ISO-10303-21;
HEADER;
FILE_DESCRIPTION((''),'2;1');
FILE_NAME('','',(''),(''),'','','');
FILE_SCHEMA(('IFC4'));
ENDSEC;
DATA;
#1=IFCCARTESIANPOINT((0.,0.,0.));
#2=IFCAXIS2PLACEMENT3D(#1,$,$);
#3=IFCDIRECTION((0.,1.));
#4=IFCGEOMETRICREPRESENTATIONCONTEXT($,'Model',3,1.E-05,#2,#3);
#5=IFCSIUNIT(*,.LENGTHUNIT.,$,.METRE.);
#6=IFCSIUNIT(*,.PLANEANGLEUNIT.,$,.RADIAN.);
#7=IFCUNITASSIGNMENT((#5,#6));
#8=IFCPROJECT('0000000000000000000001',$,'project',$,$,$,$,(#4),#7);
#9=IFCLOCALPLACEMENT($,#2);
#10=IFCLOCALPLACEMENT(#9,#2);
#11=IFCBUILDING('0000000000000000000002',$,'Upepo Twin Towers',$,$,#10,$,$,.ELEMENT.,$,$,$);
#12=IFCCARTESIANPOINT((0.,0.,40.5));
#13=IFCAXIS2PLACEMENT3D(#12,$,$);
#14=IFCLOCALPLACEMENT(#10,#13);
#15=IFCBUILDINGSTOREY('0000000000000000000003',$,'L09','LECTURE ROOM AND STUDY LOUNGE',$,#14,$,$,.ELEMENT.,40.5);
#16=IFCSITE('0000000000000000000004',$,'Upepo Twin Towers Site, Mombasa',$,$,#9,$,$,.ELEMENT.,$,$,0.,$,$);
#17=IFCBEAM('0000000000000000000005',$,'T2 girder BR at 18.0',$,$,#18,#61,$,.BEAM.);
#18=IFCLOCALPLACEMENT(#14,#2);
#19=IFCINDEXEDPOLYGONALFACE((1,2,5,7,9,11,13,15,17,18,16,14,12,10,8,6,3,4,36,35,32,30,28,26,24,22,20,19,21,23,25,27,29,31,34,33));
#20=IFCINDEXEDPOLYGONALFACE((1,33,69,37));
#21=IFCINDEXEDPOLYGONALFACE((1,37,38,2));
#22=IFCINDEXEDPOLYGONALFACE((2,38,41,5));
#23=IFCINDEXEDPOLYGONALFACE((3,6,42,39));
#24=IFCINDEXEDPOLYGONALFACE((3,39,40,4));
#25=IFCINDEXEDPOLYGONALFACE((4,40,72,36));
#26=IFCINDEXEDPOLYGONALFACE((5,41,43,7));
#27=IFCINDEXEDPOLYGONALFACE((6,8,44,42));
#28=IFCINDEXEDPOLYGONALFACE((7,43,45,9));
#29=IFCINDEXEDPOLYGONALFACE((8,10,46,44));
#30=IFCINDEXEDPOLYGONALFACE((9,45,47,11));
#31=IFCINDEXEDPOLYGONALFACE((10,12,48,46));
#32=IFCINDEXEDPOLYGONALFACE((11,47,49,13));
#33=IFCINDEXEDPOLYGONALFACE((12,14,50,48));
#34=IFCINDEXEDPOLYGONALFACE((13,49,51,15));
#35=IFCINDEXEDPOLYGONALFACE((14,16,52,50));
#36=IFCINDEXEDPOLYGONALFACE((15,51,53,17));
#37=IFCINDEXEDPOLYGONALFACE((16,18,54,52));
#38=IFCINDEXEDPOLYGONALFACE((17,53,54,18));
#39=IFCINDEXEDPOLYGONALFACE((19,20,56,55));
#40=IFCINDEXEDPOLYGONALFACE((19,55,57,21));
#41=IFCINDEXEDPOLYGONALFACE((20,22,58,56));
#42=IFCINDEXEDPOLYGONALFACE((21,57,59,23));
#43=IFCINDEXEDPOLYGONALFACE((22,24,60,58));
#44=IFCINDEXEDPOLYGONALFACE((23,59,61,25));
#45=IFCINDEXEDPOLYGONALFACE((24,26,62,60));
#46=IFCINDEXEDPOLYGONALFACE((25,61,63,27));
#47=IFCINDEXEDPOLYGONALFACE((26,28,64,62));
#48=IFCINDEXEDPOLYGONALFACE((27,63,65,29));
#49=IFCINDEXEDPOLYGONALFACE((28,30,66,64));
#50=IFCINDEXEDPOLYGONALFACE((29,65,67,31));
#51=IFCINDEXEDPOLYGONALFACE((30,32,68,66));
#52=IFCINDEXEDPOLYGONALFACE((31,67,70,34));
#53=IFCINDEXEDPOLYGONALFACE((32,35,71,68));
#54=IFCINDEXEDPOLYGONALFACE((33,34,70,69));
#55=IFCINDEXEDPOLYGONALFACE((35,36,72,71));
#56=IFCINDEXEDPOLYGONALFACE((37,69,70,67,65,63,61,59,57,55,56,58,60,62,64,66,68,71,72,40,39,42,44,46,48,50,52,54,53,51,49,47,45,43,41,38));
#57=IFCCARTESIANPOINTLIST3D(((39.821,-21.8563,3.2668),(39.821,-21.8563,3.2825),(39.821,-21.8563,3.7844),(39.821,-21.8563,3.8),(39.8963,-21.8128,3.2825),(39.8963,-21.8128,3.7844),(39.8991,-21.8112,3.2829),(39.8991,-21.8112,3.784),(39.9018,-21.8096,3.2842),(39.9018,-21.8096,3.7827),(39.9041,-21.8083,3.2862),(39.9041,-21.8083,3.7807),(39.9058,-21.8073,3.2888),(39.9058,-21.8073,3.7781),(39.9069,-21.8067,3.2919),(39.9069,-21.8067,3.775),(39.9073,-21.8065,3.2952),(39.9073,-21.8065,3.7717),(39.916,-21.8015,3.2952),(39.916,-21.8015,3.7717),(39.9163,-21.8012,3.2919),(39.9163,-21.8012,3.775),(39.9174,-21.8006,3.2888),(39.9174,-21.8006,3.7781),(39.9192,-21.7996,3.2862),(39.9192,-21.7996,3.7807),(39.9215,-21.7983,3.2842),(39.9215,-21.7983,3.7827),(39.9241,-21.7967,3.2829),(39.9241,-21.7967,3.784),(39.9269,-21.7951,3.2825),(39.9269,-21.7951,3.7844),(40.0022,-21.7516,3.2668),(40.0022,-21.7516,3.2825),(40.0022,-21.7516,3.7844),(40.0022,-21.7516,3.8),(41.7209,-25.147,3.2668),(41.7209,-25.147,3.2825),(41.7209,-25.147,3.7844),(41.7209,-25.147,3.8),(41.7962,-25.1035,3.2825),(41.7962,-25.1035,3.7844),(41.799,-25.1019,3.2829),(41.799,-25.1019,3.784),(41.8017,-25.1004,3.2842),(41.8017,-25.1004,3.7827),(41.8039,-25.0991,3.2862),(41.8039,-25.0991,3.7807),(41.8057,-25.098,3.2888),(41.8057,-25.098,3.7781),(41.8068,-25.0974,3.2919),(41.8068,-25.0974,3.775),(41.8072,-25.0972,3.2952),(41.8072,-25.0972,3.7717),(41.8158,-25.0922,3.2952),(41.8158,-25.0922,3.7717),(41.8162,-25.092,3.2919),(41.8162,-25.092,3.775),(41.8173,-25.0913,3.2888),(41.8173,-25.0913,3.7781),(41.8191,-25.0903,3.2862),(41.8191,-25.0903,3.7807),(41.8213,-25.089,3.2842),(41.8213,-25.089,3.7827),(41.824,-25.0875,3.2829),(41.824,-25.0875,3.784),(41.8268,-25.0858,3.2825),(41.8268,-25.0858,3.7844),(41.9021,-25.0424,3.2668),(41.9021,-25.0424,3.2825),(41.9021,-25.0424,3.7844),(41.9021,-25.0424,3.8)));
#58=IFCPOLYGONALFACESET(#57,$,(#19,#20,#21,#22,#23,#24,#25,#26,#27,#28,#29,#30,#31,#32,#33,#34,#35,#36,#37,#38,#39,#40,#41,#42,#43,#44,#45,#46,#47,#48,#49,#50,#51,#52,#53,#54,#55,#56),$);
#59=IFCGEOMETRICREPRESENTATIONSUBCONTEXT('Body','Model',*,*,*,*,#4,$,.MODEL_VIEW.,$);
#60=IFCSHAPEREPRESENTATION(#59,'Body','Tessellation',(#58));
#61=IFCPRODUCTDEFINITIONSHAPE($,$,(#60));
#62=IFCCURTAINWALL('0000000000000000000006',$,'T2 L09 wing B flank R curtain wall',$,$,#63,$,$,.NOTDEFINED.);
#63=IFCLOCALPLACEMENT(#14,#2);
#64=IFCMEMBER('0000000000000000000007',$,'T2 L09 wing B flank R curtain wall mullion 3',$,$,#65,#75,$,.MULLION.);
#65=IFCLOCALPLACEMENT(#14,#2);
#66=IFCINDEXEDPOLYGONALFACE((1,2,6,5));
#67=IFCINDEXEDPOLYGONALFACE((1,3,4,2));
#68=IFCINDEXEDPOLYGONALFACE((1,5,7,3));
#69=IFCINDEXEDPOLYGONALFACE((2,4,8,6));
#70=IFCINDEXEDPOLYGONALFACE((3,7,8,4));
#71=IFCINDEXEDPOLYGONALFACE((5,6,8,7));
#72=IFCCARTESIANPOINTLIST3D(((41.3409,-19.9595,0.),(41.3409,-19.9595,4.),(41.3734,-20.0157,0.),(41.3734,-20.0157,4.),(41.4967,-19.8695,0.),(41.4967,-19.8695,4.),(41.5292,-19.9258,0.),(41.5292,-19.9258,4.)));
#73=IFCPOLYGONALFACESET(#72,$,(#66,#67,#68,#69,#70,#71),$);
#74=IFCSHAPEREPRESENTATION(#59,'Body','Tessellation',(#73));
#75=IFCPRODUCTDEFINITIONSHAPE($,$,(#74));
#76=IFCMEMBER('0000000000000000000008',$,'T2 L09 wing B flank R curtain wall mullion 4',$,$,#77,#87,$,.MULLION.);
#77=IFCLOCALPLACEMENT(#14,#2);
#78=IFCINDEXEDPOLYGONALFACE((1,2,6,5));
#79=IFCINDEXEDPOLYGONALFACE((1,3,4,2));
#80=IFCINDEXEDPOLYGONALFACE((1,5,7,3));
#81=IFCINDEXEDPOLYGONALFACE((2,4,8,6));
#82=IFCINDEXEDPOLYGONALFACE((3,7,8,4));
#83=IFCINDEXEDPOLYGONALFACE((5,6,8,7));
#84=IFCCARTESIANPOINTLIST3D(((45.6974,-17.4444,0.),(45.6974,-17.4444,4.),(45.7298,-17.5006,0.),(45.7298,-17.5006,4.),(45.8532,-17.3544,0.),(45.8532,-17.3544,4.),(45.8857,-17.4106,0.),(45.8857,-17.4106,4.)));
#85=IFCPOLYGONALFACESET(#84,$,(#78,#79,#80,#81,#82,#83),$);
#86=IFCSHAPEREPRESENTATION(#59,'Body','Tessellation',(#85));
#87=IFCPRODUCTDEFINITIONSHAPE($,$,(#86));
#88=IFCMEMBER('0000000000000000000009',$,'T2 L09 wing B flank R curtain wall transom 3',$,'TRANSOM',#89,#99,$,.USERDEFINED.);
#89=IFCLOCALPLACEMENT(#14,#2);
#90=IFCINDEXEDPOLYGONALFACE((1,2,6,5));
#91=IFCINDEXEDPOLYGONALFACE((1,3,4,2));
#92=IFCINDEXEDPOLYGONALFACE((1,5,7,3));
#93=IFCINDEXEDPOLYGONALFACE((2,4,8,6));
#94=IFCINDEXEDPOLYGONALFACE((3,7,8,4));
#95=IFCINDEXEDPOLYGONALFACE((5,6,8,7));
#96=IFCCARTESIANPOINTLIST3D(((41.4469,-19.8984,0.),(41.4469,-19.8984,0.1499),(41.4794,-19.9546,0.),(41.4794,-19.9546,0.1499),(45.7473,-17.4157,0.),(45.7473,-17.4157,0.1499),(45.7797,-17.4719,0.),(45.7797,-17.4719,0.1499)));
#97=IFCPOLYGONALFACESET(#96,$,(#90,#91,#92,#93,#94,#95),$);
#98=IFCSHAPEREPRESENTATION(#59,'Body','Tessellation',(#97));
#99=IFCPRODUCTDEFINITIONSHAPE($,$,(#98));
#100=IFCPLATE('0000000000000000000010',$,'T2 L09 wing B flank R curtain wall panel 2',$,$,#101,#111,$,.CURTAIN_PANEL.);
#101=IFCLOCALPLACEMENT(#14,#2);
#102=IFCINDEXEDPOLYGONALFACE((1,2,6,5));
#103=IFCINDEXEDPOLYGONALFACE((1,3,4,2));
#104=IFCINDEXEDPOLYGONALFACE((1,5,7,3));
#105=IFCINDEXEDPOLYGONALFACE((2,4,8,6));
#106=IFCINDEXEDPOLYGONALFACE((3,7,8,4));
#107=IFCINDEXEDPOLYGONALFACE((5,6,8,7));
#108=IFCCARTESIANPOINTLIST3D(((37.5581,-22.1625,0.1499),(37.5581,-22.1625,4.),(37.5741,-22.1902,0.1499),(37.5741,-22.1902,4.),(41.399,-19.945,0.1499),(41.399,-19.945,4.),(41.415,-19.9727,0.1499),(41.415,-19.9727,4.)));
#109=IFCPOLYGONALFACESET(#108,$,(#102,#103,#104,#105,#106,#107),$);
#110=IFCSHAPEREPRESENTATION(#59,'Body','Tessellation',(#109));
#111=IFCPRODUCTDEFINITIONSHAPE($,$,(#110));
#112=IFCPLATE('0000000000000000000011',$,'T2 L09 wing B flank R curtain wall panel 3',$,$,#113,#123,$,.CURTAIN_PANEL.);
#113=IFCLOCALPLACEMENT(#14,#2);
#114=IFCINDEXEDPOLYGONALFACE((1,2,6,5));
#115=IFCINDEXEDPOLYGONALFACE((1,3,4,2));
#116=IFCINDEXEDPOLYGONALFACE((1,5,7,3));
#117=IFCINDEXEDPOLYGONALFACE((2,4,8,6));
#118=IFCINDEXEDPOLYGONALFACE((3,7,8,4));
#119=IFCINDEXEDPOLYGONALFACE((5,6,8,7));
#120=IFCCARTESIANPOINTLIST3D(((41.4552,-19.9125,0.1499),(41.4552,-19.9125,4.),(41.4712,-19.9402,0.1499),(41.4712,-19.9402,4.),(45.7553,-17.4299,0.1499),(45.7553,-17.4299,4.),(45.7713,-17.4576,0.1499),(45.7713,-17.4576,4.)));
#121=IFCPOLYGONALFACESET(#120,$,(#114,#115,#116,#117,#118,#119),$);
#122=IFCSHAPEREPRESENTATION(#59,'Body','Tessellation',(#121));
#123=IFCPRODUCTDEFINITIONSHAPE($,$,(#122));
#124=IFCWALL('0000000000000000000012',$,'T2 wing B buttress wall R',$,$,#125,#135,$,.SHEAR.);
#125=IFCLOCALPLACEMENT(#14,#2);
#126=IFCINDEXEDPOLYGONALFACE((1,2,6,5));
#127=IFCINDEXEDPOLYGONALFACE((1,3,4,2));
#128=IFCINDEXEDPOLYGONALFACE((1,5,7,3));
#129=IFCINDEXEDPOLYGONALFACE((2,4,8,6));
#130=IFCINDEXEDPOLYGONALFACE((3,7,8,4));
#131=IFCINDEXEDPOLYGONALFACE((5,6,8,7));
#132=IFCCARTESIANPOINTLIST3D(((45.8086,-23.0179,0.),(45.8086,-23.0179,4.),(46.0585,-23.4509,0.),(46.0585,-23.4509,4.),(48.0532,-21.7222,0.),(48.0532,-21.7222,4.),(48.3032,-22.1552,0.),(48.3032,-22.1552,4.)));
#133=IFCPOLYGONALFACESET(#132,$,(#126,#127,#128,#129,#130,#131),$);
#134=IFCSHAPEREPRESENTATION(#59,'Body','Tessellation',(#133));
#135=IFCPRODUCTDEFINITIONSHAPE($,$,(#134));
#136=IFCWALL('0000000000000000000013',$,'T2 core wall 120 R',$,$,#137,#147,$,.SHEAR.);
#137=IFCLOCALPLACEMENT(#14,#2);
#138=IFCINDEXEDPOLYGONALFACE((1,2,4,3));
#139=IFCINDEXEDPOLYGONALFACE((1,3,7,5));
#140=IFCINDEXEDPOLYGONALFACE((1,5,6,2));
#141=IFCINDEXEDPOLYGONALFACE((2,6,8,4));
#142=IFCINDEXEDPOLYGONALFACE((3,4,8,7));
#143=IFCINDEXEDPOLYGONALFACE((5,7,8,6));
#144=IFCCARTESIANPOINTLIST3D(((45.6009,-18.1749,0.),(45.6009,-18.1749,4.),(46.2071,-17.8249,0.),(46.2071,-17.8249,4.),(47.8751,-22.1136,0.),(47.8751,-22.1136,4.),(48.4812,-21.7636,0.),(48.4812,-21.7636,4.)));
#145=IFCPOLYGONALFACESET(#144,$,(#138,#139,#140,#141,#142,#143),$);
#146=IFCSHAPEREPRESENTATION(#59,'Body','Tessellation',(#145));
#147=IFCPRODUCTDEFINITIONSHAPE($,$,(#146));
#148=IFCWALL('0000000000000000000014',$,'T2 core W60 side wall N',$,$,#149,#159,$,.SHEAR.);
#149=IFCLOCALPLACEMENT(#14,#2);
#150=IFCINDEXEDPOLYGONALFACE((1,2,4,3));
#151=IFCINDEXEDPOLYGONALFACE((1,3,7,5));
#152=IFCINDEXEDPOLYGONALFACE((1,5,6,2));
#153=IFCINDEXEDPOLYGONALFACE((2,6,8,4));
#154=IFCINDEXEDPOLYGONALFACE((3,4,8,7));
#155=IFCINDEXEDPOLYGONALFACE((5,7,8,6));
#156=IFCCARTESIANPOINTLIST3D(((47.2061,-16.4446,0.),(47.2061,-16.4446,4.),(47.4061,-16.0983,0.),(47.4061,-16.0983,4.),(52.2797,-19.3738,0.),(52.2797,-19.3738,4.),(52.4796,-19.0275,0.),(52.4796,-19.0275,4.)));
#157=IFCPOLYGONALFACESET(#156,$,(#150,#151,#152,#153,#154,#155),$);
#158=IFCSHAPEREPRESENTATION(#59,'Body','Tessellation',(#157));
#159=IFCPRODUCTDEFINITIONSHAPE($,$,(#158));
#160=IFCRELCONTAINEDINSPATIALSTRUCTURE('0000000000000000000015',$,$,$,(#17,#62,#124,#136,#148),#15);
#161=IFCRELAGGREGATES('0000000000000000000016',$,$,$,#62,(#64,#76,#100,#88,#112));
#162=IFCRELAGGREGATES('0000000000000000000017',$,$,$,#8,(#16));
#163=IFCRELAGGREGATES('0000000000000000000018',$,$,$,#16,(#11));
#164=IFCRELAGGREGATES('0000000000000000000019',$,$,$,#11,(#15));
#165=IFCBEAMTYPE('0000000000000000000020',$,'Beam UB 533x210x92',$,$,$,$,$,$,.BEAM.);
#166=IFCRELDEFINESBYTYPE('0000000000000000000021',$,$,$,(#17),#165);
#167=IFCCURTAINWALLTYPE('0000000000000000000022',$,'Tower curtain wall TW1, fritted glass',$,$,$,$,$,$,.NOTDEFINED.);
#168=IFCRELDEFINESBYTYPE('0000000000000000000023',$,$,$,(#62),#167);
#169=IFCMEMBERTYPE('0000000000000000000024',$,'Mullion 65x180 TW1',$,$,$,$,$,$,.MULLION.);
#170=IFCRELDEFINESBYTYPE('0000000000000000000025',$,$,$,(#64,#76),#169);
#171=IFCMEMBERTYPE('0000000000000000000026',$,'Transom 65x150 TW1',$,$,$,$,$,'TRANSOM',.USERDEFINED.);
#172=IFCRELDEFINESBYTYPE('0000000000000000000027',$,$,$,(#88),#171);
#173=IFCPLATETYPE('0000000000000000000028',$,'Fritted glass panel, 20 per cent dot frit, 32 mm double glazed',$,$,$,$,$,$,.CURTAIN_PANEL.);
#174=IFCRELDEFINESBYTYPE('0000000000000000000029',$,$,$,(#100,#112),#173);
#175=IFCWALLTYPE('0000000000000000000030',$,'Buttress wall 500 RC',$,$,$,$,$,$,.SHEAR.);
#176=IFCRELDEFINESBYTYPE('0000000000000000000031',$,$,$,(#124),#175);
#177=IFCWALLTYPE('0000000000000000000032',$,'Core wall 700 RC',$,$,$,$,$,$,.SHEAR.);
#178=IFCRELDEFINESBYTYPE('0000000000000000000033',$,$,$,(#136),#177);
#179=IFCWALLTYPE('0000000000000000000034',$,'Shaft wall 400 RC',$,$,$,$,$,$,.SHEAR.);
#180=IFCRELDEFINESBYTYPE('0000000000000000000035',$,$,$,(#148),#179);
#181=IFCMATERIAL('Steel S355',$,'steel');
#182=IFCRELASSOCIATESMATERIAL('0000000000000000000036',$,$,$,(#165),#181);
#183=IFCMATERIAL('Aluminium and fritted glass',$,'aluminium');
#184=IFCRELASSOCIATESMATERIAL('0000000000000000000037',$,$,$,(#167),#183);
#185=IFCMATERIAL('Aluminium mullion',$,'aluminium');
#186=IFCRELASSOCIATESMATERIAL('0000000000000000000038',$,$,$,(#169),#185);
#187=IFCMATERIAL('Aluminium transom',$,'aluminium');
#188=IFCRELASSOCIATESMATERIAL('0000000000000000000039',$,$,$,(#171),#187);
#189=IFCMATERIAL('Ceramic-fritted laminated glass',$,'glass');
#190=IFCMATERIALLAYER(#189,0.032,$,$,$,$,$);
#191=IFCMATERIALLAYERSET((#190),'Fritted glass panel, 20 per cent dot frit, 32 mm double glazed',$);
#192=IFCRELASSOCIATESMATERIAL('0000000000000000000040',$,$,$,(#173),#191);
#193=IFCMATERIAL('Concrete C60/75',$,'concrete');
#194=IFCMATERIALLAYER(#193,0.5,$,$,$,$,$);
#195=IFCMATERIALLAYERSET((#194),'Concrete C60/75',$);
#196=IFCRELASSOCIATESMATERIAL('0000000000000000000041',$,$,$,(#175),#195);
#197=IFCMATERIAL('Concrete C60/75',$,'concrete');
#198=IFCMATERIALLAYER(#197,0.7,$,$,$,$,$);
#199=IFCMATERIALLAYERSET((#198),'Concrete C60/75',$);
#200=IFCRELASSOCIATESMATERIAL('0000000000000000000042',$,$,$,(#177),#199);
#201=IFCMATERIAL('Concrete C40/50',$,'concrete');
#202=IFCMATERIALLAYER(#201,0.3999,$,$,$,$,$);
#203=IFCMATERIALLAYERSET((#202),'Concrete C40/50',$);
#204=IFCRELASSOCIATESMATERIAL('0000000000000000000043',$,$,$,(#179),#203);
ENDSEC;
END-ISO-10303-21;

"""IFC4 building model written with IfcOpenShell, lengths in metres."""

from ifc_helpers import new_model, si_unit, direction, frame, frame_2d, origin, origin_2d, place, context, subcontext, project, spatial, rectangle, i_section, extrude, material, layer, layer_set, material_profile, profile_set, type_object, element, aggregate, save


model = new_model("IFC4")

# Units and contexts
model_context = context("Model", 3, precision=1e-05, world=origin(), true_north=direction((0.0, 1.0)))
body_context = subcontext(model_context, "Body", "Model", "MODEL_VIEW")
ifc_project = project(units=[si_unit("LENGTHUNIT", "METRE"), si_unit("PLANEANGLEUNIT", "RADIAN")], contexts=[model_context])

# Site, building, storey
site_placement = place(None, origin())
site = spatial("IfcSite", under=ifc_project, at=site_placement, Name="Upepo Twin Towers Site, Mombasa", CompositionType="ELEMENT", RefElevation=0.0)
building_placement = place(site_placement, origin())
building = spatial("IfcBuilding", under=site, at=building_placement, Name="Upepo Twin Towers", CompositionType="ELEMENT")
storey_placement = place(building_placement, frame((0.0, 0.0, 40.5)))
storey = spatial("IfcBuildingStorey", under=building, at=storey_placement, Name="L09", Description="LECTURE ROOM AND STUDY LOUNGE", CompositionType="ELEMENT", Elevation=40.5)

# Beam
ifc_material_1 = material(Name="Steel S355", Category="steel")
ifc_material_profile_1 = material_profile(ifc_material_1, i_section(OverallWidth=0.2092, OverallDepth=0.5332, WebThickness=0.01, FlangeThickness=0.0156, FilletRadius=0.0127, at=origin_2d()), Name="UB 533x210x92")
ifc_profile_set_1 = profile_set([ifc_material_profile_1], Name="Steel S355")
beam_type_1 = type_object("IfcBeamType", Name="Beam UB 533x210x92", PredefinedType="BEAM", material=ifc_profile_set_1)
beam_1_placement = place(storey_placement, frame((39.9116, -21.804, 3.5334), z_axis=(0.499995, -0.866028, 0.0), x_axis=(0.866028, 0.499995, 0.0)))
element("IfcBeam", 1, at=beam_1_placement, inside=storey, type_object=beam_type_1, Name="T2 girder BR at 18.0", PredefinedType="BEAM", context=body_context, shape_type="SweptSolid", body=[
    extrude(i_section(OverallWidth=0.2092, OverallDepth=0.5332, WebThickness=0.01, FlangeThickness=0.0156, FilletRadius=0.0127, at=origin_2d()), origin(), (0.0, 0.0, 1.0), 3.7998),
])

# Curtain wall, members, plates
ifc_material_2 = material(Name="Aluminium and fritted glass", Category="aluminium")
curtain_wall_type = type_object("IfcCurtainWallType", Name="Tower curtain wall TW1, fritted glass", PredefinedType="NOTDEFINED", material=ifc_material_2)
curtain_wall_placement = place(storey_placement, origin())
curtain_wall = element("IfcCurtainWall", 2, at=curtain_wall_placement, inside=storey, type_object=curtain_wall_type, Name="T2 L09 wing B flank R curtain wall", PredefinedType="NOTDEFINED")
ifc_material_3 = material(Name="Aluminium mullion", Category="aluminium")
ifc_material_profile_2 = material_profile(ifc_material_3, rectangle(XDim=0.0649, YDim=0.1799, at=origin_2d()), Name="MULLION 65x180")
ifc_profile_set_2 = profile_set([ifc_material_profile_2], Name="Aluminium mullion")
member_type_1 = type_object("IfcMemberType", Name="Mullion 65x180 TW1", PredefinedType="MULLION", material=ifc_profile_set_2)
member_1_placement = place(storey_placement, frame((41.4351, -19.9426, 0.0), z_axis=(0.0, 0.0, 1.0), x_axis=(-0.5, 0.866025, 0.0)))
member_1 = element("IfcMember", 3, at=member_1_placement, type_object=member_type_1, Name="T2 L09 wing B flank R curtain wall mullion 3", PredefinedType="MULLION", context=body_context, shape_type="SweptSolid", body=[
    extrude(rectangle(XDim=0.0649, YDim=0.1799, at=origin_2d()), origin(), (0.0, 0.0, 1.0), 4.0),
])
member_2_placement = place(storey_placement, frame((45.7915, -17.4275, 0.0), z_axis=(0.0, 0.0, 1.0), x_axis=(-0.5, 0.866025, 0.0)))
member_2 = element("IfcMember", 4, at=member_2_placement, type_object=member_type_1, Name="T2 L09 wing B flank R curtain wall mullion 4", PredefinedType="MULLION", context=body_context, shape_type="SweptSolid", body=[
    extrude(rectangle(XDim=0.0649, YDim=0.1799, at=origin_2d()), origin(), (0.0, 0.0, 1.0), 4.0),
])
ifc_material_4 = material(Name="Aluminium transom", Category="aluminium")
ifc_material_profile_3 = material_profile(ifc_material_4, rectangle(XDim=0.0649, YDim=0.1499, at=origin_2d()), Name="TRANSOM 65x150")
ifc_profile_set_3 = profile_set([ifc_material_profile_3], Name="Aluminium transom")
member_type_2 = type_object("IfcMemberType", Name="Transom 65x150 TW1", ElementType="TRANSOM", PredefinedType="USERDEFINED", material=ifc_profile_set_3)
member_3_placement = place(storey_placement, frame((41.4631, -19.9265, 0.075), z_axis=(0.866035, 0.499983, 0.0), x_axis=(-0.499983, 0.866035, 0.0)))
member_3 = element("IfcMember", 5, at=member_3_placement, type_object=member_type_2, Name="T2 L09 wing B flank R curtain wall transom 3", ObjectType="TRANSOM", PredefinedType="USERDEFINED", context=body_context, shape_type="SweptSolid", body=[
    extrude(rectangle(XDim=0.0649, YDim=0.1499, at=origin_2d()), origin(), (0.0, 0.0, 1.0), 4.9656),
])
ifc_material_5 = material(Name="Ceramic-fritted laminated glass", Category="glass")
ifc_layer_1 = layer(ifc_material_5, 0.032)
ifc_layer_set_1 = layer_set([ifc_layer_1], Name="Fritted glass panel, 20 per cent dot frit, 32 mm double glazed")
plate_type = type_object("IfcPlateType", Name="Fritted glass panel, 20 per cent dot frit, 32 mm double glazed", PredefinedType="CURTAIN_PANEL", material=ifc_layer_set_1)
plate_1_placement = place(storey_placement, frame((39.4866, -21.0676, 0.1499), z_axis=(0.0, 0.0, 1.0), x_axis=(0.866025, 0.5, 0.0)))
plate_1 = element("IfcPlate", 6, at=plate_1_placement, type_object=plate_type, Name="T2 L09 wing B flank R curtain wall panel 2", PredefinedType="CURTAIN_PANEL", context=body_context, shape_type="SweptSolid", body=[
    extrude(rectangle(XDim=4.4351, YDim=0.032, at=origin_2d()), origin(), (0.0, 0.0, 1.0), 3.8501),
])
plate_2_placement = place(storey_placement, frame((43.6133, -18.6851, 0.1499), z_axis=(0.0, 0.0, 1.0), x_axis=(0.866025, 0.5, 0.0)))
plate_2 = element("IfcPlate", 7, at=plate_2_placement, type_object=plate_type, Name="T2 L09 wing B flank R curtain wall panel 3", PredefinedType="CURTAIN_PANEL", context=body_context, shape_type="SweptSolid", body=[
    extrude(rectangle(XDim=4.9653, YDim=0.032, at=origin_2d()), origin(), (0.0, 0.0, 1.0), 3.8501),
])
aggregate(curtain_wall, [member_1, member_2, plate_1, member_3, plate_2])

# Walls
ifc_material_6 = material(Name="Concrete C60/75", Category="concrete")
ifc_layer_2 = layer(ifc_material_6, 0.5)
ifc_layer_set_2 = layer_set([ifc_layer_2], Name="Concrete C60/75")
wall_type_1 = type_object("IfcWallType", Name="Buttress wall 500 RC", PredefinedType="SHEAR", material=ifc_layer_set_2)
wall_1_placement = place(storey_placement, frame((48.1782, -21.9387, 0.0), z_axis=(0.0, 0.0, 1.0), x_axis=(-0.866073, -0.499918, 0.0)))
element("IfcWall", 8, at=wall_1_placement, inside=storey, type_object=wall_type_1, Name="T2 wing B buttress wall R", PredefinedType="SHEAR", context=body_context, shape_type="SweptSolid", body=[
    extrude(rectangle(XDim=2.5918, YDim=0.5, at=frame_2d((1.2959, 0.0))), origin(), (0.0, 0.0, 1.0), 4.0),
])
ifc_material_7 = material(Name="Concrete C60/75", Category="concrete")
ifc_layer_3 = layer(ifc_material_7, 0.7)
ifc_layer_set_3 = layer_set([ifc_layer_3], Name="Concrete C60/75")
wall_type_2 = type_object("IfcWallType", Name="Core wall 700 RC", PredefinedType="SHEAR", material=ifc_layer_set_3)
wall_2_placement = place(storey_placement, frame((45.9041, -18.0, 0.0), z_axis=(0.0, 0.0, 1.0), x_axis=(0.500024, -0.866011, 0.0)))
element("IfcWall", 9, at=wall_2_placement, inside=storey, type_object=wall_type_2, Name="T2 core wall 120 R", PredefinedType="SHEAR", context=body_context, shape_type="SweptSolid", body=[
    extrude(rectangle(XDim=4.5481, YDim=0.7, at=frame_2d((2.2739, 0.0))), origin(), (0.0, 0.0, 1.0), 4.0),
])
ifc_material_8 = material(Name="Concrete C40/50", Category="concrete")
ifc_layer_4 = layer(ifc_material_8, 0.3999)
ifc_layer_set_4 = layer_set([ifc_layer_4], Name="Concrete C40/50")
wall_type_3 = type_object("IfcWallType", Name="Shaft wall 400 RC", PredefinedType="SHEAR", material=ifc_layer_set_4)
wall_3_placement = place(storey_placement, frame((52.3796, -19.2007, 0.0), z_axis=(0.0, 0.0, 1.0), x_axis=(-0.866024, 0.500003, 0.0)))
element("IfcWall", 10, at=wall_3_placement, inside=storey, type_object=wall_type_3, Name="T2 core W60 side wall N", PredefinedType="SHEAR", context=body_context, shape_type="SweptSolid", body=[
    extrude(rectangle(XDim=5.8584, YDim=0.3999, at=frame_2d((2.9292, 0.0))), origin(), (0.0, 0.0, 1.0), 4.0),
])

save(model, "model.ifc")
